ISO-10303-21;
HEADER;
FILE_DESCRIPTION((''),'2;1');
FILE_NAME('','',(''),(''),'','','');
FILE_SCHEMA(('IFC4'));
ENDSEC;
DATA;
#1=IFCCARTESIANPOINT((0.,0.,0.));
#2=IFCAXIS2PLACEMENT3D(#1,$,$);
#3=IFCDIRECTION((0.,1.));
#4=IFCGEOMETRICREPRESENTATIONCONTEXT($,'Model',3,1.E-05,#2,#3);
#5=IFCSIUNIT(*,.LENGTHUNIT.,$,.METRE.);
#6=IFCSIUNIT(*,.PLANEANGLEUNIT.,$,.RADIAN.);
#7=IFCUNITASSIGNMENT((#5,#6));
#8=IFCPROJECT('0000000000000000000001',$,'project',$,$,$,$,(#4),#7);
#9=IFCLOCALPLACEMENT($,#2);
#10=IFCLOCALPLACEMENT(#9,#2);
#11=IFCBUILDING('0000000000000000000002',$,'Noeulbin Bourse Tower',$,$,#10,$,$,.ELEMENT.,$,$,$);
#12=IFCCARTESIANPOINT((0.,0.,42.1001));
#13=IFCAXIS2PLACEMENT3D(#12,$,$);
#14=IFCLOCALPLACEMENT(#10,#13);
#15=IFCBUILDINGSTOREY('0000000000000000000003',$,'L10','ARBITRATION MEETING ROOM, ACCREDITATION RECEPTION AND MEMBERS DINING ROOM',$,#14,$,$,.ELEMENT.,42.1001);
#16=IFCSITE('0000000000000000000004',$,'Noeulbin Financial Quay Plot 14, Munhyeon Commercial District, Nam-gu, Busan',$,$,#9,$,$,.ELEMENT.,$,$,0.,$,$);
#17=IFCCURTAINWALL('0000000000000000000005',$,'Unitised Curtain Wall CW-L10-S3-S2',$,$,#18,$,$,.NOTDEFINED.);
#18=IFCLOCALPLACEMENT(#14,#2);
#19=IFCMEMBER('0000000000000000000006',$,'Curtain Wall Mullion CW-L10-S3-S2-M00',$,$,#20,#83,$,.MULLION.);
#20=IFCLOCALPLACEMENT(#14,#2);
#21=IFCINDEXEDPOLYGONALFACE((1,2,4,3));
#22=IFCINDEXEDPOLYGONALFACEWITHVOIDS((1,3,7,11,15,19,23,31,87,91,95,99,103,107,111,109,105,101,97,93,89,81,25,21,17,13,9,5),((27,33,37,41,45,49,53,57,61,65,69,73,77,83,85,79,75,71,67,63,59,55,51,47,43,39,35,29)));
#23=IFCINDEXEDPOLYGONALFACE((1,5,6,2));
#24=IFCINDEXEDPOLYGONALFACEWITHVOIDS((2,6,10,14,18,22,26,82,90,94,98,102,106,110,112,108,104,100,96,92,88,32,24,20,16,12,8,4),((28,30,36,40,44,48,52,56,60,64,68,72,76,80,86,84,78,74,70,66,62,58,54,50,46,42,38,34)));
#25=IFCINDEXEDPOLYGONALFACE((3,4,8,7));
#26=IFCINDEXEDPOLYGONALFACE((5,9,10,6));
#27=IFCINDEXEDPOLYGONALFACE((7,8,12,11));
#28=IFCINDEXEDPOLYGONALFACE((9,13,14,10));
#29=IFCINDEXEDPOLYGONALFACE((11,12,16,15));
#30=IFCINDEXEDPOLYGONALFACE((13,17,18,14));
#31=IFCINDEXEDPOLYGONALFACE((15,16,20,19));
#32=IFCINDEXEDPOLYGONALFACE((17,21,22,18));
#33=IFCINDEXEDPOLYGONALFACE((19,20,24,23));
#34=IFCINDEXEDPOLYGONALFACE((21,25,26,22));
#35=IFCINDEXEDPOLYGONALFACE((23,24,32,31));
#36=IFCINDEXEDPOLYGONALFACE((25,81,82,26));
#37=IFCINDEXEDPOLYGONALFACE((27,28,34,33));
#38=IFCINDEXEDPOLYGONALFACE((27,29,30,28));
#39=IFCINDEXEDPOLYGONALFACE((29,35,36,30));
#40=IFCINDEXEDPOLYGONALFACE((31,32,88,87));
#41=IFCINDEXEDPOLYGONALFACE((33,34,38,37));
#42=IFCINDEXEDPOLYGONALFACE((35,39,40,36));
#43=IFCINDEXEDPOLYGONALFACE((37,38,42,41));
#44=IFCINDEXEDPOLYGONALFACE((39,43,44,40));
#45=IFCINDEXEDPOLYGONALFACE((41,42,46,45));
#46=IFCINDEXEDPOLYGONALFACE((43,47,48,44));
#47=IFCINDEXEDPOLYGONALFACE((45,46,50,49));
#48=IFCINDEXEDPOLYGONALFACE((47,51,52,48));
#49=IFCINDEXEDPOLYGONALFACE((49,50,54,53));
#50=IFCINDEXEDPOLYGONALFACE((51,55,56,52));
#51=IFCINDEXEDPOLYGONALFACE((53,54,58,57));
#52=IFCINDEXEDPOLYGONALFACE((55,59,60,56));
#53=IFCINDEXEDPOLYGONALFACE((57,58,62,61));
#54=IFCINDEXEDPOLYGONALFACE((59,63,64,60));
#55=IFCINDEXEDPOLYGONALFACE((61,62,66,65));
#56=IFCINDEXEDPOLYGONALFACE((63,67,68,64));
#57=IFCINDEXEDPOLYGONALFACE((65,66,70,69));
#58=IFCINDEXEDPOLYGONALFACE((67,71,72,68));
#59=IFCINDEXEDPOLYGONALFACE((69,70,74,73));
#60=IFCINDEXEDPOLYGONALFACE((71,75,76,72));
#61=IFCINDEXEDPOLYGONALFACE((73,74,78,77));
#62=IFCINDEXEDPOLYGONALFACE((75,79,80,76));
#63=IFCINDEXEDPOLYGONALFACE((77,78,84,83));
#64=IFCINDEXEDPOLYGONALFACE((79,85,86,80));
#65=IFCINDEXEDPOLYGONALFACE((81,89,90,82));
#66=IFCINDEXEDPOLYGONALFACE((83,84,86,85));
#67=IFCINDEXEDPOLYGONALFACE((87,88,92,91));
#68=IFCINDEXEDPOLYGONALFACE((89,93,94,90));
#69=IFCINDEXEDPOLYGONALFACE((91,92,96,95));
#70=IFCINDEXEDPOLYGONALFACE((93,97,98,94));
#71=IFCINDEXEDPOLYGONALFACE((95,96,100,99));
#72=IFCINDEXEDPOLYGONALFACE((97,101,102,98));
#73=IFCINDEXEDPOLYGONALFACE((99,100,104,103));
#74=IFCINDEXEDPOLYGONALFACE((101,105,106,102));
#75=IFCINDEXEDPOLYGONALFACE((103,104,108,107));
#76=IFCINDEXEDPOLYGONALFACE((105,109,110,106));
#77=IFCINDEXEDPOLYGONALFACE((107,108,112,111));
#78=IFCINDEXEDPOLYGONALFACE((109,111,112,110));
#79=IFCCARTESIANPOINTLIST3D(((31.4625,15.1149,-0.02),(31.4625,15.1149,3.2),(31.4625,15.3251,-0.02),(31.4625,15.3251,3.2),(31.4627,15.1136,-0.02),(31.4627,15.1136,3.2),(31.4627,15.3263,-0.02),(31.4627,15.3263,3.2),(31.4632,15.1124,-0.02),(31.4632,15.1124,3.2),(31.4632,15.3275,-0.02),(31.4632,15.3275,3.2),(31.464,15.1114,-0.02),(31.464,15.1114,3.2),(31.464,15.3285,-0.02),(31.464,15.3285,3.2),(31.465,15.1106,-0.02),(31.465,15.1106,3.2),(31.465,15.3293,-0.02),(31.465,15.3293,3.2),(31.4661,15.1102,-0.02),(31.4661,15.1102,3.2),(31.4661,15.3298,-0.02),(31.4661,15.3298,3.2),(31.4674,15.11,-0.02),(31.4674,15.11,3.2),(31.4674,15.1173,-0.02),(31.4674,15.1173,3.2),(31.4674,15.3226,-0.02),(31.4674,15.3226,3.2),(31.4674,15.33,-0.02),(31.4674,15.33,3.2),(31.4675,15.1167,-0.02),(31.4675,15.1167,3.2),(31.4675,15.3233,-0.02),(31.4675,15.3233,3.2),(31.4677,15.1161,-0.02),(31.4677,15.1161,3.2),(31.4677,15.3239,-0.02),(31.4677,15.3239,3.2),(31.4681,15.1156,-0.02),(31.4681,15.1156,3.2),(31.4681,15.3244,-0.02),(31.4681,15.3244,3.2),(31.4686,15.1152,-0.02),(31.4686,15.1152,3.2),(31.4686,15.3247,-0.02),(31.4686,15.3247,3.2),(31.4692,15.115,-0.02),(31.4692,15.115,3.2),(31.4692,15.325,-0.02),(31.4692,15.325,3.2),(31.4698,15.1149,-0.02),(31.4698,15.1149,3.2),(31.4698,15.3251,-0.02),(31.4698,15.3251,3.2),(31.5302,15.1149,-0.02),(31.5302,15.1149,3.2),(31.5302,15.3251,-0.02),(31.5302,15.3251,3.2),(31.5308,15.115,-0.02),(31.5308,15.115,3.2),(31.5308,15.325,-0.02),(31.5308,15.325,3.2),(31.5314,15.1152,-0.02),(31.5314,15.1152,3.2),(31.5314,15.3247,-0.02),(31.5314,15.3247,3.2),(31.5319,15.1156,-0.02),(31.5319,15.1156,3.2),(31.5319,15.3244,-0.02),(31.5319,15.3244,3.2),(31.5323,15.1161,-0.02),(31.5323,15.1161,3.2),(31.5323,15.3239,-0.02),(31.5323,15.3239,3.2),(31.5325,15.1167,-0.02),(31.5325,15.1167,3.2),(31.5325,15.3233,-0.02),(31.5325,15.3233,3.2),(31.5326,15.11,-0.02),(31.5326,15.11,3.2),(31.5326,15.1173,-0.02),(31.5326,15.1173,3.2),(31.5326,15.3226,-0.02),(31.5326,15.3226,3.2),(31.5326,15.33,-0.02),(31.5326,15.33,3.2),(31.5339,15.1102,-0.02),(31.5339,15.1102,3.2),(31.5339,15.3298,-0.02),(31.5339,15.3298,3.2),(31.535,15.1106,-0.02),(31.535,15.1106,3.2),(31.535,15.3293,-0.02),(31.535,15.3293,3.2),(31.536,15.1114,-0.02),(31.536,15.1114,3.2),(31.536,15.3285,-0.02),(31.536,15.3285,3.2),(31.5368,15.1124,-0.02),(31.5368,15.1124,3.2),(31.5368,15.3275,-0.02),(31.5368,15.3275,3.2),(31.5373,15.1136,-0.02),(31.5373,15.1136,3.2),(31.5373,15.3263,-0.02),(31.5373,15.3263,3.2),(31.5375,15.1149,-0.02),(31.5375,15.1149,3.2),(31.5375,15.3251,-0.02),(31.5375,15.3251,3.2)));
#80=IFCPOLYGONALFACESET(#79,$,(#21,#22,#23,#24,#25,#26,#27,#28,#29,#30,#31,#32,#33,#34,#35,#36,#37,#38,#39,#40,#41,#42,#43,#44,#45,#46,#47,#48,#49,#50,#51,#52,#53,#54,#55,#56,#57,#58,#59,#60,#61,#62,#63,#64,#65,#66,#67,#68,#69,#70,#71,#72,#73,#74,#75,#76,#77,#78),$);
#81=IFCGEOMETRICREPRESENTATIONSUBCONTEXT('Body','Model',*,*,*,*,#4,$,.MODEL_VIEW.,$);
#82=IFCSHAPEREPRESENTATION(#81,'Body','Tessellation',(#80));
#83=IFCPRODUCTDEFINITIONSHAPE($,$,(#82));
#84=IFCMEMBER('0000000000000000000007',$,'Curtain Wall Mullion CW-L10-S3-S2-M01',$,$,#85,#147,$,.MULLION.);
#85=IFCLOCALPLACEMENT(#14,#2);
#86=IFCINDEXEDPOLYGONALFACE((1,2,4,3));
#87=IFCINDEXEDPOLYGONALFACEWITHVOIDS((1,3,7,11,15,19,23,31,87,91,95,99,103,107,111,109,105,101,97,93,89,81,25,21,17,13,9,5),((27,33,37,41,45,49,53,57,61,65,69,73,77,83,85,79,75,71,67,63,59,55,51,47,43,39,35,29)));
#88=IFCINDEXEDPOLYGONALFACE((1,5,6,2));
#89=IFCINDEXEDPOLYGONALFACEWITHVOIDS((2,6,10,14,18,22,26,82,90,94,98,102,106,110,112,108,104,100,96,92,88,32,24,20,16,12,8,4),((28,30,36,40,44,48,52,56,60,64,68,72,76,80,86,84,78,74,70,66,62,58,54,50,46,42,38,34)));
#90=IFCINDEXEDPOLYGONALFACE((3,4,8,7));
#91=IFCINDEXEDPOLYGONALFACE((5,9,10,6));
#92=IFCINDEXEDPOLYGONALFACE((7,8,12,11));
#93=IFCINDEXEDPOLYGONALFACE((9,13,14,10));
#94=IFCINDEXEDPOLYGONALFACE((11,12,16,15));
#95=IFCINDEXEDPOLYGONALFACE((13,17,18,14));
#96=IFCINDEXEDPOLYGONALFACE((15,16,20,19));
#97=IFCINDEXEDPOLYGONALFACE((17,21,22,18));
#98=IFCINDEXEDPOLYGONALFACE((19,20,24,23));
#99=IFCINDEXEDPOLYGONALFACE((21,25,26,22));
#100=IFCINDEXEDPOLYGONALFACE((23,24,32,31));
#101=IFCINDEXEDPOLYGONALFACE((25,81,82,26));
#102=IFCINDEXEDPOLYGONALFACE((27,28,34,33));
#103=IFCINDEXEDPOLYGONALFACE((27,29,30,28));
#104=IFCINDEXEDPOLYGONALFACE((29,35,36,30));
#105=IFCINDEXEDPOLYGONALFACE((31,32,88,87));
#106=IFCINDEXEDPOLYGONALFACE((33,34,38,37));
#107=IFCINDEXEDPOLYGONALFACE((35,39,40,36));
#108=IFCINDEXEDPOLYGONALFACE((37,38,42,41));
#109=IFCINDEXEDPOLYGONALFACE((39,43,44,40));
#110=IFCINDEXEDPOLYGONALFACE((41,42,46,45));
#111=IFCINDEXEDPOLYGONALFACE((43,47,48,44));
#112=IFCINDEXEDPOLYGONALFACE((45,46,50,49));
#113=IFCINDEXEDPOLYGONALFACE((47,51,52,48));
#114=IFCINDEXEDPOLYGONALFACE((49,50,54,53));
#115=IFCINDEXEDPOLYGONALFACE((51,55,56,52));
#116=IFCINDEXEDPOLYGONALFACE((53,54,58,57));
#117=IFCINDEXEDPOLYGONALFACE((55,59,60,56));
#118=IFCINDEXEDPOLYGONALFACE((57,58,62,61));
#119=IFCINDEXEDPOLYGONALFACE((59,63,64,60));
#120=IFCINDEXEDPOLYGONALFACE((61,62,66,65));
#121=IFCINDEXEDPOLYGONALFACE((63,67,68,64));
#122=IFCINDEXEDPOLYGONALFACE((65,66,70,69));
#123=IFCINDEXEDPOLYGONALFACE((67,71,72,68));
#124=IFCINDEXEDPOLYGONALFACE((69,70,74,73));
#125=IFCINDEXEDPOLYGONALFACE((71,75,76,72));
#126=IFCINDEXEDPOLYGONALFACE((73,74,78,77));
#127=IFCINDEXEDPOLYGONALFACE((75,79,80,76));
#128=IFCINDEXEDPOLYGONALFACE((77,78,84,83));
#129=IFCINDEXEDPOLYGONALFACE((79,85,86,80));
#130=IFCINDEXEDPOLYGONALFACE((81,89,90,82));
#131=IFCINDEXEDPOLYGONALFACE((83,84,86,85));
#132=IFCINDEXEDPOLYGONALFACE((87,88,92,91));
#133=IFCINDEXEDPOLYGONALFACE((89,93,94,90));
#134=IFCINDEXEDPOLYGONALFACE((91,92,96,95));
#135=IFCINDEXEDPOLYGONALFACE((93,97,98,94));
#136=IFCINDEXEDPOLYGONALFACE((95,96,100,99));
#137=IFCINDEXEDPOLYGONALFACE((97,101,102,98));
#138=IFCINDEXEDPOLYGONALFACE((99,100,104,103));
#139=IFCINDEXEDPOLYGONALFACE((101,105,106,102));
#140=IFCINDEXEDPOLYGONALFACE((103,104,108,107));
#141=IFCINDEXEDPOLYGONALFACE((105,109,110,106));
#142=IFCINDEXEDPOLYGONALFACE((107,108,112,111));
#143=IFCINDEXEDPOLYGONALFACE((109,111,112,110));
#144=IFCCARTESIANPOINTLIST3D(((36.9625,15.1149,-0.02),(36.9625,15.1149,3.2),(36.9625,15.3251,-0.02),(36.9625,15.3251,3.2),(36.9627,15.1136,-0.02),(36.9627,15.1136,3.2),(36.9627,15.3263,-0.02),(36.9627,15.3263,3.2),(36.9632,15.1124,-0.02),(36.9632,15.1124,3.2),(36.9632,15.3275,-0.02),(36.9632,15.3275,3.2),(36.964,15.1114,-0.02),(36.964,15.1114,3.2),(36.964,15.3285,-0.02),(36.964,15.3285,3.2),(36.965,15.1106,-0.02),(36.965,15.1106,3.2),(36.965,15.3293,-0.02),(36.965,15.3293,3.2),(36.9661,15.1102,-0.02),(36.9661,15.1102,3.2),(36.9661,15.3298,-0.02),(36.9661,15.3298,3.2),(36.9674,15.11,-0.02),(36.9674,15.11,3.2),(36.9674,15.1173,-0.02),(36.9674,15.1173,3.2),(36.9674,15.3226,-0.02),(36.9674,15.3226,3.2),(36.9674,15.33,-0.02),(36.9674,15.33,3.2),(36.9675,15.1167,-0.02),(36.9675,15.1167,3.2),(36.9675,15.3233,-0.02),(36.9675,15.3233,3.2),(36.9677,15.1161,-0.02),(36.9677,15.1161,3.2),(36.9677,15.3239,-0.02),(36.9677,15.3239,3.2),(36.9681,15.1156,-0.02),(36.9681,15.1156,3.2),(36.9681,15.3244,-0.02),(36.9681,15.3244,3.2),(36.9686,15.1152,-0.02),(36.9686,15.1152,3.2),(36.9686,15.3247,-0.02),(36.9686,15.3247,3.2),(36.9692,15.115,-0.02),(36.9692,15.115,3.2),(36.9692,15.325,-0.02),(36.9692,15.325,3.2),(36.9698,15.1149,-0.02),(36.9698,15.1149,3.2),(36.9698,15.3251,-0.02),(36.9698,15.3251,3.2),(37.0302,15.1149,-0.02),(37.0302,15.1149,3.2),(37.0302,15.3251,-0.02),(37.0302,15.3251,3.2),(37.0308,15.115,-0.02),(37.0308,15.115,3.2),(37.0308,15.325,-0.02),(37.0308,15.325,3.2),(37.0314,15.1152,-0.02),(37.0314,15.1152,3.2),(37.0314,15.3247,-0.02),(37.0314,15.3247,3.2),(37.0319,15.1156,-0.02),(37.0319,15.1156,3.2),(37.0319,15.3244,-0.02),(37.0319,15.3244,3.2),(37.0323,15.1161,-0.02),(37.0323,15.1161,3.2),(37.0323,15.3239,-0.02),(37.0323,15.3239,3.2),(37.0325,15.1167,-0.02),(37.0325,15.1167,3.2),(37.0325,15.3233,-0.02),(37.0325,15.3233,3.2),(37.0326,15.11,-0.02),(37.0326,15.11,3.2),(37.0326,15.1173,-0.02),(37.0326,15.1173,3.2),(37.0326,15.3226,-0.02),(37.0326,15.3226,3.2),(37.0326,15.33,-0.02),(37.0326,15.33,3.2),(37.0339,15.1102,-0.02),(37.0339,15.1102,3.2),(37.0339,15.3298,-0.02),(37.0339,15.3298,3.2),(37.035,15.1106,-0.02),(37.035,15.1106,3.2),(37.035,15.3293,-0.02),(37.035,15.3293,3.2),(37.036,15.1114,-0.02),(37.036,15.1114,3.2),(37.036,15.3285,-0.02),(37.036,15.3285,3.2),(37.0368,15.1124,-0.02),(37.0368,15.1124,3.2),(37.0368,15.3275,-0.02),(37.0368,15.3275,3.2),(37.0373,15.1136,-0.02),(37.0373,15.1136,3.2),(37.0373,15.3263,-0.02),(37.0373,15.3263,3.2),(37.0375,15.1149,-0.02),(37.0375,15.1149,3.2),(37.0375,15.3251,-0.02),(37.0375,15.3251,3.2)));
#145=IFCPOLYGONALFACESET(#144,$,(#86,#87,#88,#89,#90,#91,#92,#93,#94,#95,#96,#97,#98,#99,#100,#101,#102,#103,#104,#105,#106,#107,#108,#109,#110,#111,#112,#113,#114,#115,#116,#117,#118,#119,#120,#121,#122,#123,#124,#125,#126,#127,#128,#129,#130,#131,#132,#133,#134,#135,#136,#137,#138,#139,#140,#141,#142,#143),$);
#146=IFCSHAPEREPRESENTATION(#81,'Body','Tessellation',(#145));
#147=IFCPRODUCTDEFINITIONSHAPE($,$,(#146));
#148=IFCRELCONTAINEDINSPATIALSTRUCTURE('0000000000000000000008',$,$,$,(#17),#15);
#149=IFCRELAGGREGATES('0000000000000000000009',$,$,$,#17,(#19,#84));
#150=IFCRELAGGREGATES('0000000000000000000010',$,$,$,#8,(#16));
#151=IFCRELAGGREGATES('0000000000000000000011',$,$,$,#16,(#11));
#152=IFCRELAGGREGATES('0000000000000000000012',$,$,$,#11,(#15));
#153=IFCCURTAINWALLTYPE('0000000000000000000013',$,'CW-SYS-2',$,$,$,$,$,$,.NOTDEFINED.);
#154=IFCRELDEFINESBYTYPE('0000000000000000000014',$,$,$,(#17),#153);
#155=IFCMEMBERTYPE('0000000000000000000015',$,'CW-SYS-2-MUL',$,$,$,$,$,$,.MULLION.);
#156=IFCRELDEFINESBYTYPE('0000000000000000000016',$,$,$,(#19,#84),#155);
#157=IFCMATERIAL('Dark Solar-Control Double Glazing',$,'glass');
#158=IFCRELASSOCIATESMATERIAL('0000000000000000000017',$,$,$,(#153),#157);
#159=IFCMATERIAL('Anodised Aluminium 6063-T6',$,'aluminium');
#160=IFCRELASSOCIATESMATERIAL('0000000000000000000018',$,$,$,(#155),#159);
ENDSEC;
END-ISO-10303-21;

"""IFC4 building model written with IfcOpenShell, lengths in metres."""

from ifc_helpers import new_model, si_unit, direction, frame, origin, origin_2d, place, context, subcontext, project, spatial, hollow_rectangle, extrude, material, material_profile, profile_set, type_object, element, aggregate, save


model = new_model("IFC4")

# Units and contexts
model_context = context("Model", 3, precision=1e-05, world=origin(), true_north=direction((0.0, 1.0)))
body_context = subcontext(model_context, "Body", "Model", "MODEL_VIEW")
ifc_project = project(units=[si_unit("LENGTHUNIT", "METRE"), si_unit("PLANEANGLEUNIT", "RADIAN")], contexts=[model_context])

# Site, building, storey
site_placement = place(None, origin())
site = spatial("IfcSite", under=ifc_project, at=site_placement, Name="Noeulbin Financial Quay Plot 14, Munhyeon Commercial District, Nam-gu, Busan", CompositionType="ELEMENT", RefElevation=0.0)
building_placement = place(site_placement, origin())
building = spatial("IfcBuilding", under=site, at=building_placement, Name="Noeulbin Bourse Tower", CompositionType="ELEMENT")
storey_placement = place(building_placement, frame((0.0, 0.0, 42.1001)))
storey = spatial("IfcBuildingStorey", under=building, at=storey_placement, Name="L10", Description="ARBITRATION MEETING ROOM, ACCREDITATION RECEPTION AND MEMBERS DINING ROOM", CompositionType="ELEMENT", Elevation=42.1001)

# Curtain wall, members
ifc_material_1 = material(Name="Dark Solar-Control Double Glazing", Category="glass")
curtain_wall_type = type_object("IfcCurtainWallType", Name="CW-SYS-2", PredefinedType="NOTDEFINED", material=ifc_material_1)
ifc_material_2 = material(Name="Anodised Aluminium 6063-T6", Category="aluminium")
ifc_material_profile_1 = material_profile(ifc_material_2, hollow_rectangle(XDim=0.075, YDim=0.22, WallThickness=0.0049, InnerFilletRadius=0.0024, OuterFilletRadius=0.0049, at=origin_2d()), Name="ALU-MULL-75x220x5", Category="LoadBearing")
ifc_profile_set_1 = profile_set([ifc_material_profile_1], Name="Anodised Aluminium 6063-T6")
member_type_1 = type_object("IfcMemberType", Name="CW-SYS-2-MUL", PredefinedType="MULLION", material=ifc_profile_set_1)
curtain_wall_1_placement = place(storey_placement, origin())
curtain_wall_1 = element("IfcCurtainWall", 1, at=curtain_wall_1_placement, inside=storey, type_object=curtain_wall_type, Name="Unitised Curtain Wall CW-L10-S3-S2", PredefinedType="NOTDEFINED")
member_1_placement = place(storey_placement, frame((31.5, 15.22, -0.02), z_axis=(0.0, 0.0, 1.0), x_axis=(1.0, 0.0, 0.0)))
member_1 = element("IfcMember", 2, at=member_1_placement, type_object=member_type_1, Name="Curtain Wall Mullion CW-L10-S3-S2-M00", PredefinedType="MULLION", context=body_context, shape_type="SweptSolid", body=[
    extrude(hollow_rectangle(XDim=0.075, YDim=0.22, WallThickness=0.0049, InnerFilletRadius=0.0024, OuterFilletRadius=0.0049, at=origin_2d()), origin(), (0.0, 0.0, 1.0), 3.22),
])
member_2_placement = place(storey_placement, frame((37.0, 15.22, -0.02), z_axis=(0.0, 0.0, 1.0), x_axis=(1.0, 0.0, 0.0)))
member_2 = element("IfcMember", 3, at=member_2_placement, type_object=member_type_1, Name="Curtain Wall Mullion CW-L10-S3-S2-M01", PredefinedType="MULLION", context=body_context, shape_type="SweptSolid", body=[
    extrude(hollow_rectangle(XDim=0.075, YDim=0.22, WallThickness=0.0049, InnerFilletRadius=0.0024, OuterFilletRadius=0.0049, at=origin_2d()), origin(), (0.0, 0.0, 1.0), 3.22),
])

aggregate(curtain_wall_1, [member_1, member_2])

save(model, "model.ifc")
